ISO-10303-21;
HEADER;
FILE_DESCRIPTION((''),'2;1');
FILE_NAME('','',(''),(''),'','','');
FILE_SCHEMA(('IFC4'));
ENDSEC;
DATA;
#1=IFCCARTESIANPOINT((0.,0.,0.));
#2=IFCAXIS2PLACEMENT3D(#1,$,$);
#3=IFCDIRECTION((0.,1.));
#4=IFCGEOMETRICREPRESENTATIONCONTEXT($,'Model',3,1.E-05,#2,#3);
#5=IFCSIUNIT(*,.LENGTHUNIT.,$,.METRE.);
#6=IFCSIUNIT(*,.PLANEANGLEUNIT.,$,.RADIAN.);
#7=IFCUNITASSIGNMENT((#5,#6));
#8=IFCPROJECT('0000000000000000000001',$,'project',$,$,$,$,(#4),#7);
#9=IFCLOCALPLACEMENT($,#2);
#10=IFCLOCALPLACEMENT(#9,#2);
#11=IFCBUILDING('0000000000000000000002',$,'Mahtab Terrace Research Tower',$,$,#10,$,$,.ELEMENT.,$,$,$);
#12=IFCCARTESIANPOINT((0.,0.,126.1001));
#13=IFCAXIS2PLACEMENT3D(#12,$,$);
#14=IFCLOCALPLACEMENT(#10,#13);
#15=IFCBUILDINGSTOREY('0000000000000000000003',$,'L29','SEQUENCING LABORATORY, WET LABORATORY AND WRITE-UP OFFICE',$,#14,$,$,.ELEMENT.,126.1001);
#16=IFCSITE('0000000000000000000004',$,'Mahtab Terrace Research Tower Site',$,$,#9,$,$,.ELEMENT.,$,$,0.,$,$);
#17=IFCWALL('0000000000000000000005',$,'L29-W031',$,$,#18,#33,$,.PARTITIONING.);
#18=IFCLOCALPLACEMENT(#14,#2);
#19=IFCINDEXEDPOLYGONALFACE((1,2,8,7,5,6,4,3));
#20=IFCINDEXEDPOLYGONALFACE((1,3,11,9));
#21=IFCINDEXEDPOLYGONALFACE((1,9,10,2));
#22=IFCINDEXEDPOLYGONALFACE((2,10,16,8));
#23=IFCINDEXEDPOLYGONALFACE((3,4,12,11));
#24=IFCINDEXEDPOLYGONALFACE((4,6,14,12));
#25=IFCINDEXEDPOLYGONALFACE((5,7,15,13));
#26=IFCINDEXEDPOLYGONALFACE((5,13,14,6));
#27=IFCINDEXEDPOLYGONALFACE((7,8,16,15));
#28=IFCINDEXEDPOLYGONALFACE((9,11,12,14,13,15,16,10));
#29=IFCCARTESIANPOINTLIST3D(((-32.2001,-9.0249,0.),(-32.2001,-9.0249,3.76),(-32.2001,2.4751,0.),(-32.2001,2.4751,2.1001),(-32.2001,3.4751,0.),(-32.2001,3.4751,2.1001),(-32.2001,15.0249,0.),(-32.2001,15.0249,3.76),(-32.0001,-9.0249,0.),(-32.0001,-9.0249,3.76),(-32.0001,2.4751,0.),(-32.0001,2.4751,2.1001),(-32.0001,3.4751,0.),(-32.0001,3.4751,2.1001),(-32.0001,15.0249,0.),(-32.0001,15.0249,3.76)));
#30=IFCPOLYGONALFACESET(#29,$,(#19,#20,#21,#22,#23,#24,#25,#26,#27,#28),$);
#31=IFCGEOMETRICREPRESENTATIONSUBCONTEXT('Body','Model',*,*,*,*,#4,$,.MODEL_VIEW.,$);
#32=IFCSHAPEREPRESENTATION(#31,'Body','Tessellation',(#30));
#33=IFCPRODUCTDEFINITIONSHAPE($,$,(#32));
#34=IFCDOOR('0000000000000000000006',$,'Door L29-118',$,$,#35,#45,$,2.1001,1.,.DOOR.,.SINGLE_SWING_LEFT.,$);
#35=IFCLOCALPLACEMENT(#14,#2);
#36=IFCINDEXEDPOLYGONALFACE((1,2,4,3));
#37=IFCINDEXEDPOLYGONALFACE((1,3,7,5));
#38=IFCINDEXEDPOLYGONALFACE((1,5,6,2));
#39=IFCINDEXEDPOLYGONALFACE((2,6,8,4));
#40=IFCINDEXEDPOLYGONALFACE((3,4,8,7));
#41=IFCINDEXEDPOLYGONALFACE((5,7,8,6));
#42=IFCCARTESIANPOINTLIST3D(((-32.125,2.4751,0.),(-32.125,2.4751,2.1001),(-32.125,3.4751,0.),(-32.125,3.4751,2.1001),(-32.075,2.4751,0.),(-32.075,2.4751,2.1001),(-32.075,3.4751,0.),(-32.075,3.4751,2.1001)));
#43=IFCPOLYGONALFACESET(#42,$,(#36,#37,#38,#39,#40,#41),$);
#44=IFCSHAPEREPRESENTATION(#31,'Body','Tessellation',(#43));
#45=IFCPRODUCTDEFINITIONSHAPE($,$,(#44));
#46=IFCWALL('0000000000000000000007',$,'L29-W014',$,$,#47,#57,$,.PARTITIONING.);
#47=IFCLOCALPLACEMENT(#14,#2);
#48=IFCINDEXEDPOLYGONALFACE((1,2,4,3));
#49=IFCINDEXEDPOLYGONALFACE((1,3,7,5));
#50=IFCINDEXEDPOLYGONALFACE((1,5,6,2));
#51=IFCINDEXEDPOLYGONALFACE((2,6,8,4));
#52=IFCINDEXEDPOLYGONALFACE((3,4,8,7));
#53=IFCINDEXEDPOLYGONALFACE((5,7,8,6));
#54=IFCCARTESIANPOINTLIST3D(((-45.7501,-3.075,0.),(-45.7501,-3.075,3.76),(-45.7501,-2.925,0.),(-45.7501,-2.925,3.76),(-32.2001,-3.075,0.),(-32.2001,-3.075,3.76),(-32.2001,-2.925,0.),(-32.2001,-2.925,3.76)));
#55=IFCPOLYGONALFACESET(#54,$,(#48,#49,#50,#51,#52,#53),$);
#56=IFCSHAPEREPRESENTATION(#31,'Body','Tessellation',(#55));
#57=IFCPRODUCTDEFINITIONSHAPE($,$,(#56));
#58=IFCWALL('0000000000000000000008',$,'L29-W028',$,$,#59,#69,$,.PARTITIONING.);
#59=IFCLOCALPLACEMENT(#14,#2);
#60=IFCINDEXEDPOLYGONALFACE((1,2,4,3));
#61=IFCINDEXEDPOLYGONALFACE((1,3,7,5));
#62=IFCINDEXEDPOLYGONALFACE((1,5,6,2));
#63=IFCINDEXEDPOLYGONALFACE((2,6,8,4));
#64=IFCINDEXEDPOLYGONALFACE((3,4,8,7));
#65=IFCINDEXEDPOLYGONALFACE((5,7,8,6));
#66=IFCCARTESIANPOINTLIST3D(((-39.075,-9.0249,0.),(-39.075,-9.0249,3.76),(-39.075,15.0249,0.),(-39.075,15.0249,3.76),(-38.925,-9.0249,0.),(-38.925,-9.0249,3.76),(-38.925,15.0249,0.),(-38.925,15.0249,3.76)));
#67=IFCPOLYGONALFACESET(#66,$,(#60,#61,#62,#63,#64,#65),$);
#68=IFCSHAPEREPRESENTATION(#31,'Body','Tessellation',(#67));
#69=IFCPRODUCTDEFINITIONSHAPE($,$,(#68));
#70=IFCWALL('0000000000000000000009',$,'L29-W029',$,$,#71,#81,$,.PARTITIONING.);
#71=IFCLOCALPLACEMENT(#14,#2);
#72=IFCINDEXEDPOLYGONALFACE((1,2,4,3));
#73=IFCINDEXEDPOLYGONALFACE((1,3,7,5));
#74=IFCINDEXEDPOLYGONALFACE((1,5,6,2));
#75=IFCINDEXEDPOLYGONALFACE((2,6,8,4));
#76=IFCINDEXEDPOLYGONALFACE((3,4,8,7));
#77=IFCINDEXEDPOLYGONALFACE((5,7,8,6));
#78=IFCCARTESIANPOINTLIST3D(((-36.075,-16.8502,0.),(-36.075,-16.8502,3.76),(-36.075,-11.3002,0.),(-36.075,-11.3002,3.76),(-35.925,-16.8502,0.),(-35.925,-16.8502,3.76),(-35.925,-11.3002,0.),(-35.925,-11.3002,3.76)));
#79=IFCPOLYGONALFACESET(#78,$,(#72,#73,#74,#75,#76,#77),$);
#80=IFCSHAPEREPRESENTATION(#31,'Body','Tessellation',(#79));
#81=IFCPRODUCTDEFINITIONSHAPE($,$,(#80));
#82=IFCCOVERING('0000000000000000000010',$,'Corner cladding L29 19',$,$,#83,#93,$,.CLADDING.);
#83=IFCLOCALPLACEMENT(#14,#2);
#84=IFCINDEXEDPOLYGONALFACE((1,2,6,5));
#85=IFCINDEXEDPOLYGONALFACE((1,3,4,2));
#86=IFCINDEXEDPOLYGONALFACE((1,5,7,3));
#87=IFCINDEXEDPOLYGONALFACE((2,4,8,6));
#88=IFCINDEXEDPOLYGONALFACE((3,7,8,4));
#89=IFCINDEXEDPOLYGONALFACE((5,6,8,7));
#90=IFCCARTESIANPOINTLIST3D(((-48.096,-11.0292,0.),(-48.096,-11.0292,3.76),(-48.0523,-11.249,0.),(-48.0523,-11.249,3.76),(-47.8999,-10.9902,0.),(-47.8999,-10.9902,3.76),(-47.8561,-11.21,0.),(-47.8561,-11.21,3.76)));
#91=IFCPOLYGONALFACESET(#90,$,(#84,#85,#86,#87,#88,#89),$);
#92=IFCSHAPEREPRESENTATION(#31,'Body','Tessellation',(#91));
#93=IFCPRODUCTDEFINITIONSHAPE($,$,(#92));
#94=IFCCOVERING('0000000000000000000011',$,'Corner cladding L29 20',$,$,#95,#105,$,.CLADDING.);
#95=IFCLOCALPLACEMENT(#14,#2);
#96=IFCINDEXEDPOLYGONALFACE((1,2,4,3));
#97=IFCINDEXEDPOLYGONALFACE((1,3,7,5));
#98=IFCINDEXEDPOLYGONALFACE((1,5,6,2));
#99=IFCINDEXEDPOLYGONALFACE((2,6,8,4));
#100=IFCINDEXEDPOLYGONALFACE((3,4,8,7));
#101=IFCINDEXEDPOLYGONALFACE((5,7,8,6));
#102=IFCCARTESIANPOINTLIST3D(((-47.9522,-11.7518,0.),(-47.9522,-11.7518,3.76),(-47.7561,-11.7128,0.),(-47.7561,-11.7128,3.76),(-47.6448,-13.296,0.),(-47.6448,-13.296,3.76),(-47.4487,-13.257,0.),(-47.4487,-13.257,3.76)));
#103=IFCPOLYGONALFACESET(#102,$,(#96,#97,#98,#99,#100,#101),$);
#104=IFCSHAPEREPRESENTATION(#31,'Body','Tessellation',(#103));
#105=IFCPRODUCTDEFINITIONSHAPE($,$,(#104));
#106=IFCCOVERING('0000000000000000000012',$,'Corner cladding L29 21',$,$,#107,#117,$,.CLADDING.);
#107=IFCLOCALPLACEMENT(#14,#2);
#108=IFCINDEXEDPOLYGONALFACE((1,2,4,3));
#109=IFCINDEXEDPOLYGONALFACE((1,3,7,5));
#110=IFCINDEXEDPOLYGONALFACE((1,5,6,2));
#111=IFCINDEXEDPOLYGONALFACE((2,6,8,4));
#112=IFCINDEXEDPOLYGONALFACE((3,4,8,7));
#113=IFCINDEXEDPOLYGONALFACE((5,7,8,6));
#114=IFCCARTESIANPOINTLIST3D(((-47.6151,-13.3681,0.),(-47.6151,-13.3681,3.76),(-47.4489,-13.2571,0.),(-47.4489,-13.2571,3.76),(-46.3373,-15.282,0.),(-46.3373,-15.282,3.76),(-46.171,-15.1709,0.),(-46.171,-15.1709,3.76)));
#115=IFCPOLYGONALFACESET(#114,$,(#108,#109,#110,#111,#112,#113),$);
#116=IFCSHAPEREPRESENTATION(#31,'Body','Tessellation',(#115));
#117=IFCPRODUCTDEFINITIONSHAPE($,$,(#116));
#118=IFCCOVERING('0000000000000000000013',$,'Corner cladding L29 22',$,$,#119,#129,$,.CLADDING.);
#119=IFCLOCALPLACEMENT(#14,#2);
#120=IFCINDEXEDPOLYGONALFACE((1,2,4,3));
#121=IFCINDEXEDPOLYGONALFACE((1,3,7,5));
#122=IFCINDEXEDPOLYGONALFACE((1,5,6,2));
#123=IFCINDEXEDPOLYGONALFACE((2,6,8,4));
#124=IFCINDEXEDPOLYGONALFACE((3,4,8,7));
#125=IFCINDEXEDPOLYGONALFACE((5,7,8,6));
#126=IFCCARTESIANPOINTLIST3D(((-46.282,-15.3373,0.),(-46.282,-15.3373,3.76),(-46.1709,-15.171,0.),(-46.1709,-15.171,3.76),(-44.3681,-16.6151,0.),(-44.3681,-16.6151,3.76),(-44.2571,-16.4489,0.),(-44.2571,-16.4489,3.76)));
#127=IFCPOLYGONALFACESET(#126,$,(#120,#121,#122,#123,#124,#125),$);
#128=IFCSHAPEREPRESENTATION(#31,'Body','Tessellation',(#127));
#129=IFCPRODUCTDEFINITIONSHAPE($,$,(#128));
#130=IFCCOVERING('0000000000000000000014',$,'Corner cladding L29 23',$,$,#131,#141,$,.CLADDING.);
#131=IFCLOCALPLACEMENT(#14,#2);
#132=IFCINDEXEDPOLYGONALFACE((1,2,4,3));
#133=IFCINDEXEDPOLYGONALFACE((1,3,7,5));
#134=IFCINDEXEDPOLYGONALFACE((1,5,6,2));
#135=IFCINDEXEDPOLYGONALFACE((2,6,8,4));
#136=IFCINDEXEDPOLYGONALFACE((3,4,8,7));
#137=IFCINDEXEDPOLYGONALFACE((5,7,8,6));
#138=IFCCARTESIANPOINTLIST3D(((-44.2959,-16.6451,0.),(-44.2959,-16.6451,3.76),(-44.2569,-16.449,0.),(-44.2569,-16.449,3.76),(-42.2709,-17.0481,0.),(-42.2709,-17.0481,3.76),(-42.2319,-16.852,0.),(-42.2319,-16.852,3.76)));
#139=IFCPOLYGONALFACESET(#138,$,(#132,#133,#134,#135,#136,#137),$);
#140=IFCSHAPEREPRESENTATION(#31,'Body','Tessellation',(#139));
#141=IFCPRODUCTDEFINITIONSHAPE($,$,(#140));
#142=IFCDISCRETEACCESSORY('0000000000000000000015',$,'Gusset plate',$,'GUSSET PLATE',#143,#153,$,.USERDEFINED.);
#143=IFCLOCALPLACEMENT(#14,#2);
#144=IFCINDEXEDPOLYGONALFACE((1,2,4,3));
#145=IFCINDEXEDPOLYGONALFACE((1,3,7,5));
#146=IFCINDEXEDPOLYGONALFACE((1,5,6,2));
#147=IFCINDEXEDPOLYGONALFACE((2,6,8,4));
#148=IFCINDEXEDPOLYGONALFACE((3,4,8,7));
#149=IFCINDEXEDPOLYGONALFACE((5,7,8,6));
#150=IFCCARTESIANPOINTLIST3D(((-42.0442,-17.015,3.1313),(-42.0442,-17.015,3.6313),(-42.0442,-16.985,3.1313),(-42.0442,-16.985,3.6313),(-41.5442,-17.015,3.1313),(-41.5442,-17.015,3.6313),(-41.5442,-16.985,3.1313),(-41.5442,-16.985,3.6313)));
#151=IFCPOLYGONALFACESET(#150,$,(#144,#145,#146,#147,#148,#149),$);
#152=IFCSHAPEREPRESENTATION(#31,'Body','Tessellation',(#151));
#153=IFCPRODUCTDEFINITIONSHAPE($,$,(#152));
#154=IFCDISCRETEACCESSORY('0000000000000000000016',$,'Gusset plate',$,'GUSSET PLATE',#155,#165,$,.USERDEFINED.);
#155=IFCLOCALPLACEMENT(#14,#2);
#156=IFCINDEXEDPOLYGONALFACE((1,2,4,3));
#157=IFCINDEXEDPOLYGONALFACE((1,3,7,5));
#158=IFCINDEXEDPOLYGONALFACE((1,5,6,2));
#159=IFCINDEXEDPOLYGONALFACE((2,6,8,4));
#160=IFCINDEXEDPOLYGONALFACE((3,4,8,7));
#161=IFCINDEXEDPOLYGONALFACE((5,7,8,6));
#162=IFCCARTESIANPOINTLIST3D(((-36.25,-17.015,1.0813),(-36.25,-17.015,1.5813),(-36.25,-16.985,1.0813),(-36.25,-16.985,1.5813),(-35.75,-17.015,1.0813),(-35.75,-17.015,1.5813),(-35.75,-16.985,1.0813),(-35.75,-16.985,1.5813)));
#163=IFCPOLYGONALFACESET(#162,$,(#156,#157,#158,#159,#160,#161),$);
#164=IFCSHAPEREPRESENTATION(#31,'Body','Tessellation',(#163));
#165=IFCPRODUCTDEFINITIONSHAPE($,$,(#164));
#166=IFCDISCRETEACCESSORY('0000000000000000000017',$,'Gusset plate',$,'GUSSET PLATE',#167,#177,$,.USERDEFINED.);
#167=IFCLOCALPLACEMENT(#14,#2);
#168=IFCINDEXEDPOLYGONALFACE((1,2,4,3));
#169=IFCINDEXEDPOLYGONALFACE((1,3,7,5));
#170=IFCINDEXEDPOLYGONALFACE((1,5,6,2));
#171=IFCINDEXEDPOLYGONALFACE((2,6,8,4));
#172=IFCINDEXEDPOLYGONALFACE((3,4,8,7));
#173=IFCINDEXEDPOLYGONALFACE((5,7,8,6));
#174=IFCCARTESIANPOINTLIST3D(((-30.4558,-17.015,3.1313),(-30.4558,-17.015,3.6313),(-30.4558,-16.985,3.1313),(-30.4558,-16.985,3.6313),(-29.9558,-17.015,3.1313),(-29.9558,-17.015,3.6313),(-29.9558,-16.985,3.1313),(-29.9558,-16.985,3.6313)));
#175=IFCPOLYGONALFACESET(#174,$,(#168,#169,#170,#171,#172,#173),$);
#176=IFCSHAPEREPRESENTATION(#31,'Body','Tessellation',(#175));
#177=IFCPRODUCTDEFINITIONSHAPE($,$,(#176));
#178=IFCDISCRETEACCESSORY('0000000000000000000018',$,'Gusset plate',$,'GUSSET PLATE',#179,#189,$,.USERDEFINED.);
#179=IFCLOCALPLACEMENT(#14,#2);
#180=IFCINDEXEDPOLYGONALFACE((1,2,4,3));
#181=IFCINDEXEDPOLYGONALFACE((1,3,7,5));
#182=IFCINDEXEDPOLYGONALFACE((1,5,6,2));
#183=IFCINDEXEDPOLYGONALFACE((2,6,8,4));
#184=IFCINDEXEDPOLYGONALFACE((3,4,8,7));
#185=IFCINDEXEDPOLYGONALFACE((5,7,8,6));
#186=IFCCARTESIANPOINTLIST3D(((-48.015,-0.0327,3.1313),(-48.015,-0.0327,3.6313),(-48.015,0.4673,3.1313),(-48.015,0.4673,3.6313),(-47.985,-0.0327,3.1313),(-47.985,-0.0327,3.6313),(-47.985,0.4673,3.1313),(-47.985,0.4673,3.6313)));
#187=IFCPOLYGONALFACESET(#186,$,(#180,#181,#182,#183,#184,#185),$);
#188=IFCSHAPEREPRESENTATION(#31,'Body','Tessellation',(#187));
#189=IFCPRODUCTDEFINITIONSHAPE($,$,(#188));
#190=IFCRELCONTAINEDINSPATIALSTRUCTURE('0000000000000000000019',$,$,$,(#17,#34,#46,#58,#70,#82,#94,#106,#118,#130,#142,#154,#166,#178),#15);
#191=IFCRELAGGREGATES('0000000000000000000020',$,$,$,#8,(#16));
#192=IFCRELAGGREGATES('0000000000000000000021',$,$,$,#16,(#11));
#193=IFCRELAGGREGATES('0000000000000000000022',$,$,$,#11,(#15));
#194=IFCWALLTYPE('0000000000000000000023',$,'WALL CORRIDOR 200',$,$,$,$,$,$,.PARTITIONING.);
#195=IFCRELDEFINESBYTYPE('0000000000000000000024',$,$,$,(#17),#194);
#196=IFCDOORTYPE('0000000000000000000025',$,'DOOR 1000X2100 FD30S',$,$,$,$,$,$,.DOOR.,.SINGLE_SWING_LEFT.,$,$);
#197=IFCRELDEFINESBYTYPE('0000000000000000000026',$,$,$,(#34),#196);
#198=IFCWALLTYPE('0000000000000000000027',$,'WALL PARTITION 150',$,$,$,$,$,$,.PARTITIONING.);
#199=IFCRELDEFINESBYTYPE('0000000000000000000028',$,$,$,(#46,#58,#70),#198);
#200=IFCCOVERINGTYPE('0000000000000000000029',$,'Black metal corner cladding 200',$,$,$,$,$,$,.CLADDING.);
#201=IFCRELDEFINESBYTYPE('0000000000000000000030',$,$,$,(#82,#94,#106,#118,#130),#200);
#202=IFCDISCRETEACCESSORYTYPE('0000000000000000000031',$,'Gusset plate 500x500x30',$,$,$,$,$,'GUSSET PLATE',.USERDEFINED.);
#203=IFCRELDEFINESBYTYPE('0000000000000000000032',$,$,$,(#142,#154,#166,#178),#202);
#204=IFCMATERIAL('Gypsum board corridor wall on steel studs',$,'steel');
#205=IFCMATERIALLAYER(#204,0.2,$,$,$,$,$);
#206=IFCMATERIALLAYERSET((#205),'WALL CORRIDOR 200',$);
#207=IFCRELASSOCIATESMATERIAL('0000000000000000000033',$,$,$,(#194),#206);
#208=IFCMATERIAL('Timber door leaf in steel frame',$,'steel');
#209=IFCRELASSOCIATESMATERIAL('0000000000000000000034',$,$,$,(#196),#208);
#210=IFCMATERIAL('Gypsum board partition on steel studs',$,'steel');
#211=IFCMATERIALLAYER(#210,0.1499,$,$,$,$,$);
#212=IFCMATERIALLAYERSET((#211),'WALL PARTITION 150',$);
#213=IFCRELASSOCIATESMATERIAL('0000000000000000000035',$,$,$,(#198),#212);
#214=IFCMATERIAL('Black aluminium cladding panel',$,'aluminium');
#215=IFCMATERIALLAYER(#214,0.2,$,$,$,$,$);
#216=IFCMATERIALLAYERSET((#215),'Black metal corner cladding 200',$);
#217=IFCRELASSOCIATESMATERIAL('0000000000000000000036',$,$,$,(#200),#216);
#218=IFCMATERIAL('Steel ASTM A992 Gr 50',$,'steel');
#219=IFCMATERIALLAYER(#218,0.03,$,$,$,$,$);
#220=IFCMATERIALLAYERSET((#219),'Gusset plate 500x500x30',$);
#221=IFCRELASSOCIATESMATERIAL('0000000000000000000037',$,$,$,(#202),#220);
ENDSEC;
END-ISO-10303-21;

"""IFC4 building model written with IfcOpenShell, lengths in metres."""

from ifc_helpers import new_model, si_unit, direction, frame, frame_2d, origin, origin_2d, place, context, subcontext, project, spatial, rectangle, extrude, material, layer, layer_set, type_object, element, fill, save


model = new_model("IFC4")

# Units and contexts
model_context = context("Model", 3, precision=1e-05, world=origin(), true_north=direction((0.0, 1.0)))
body_context = subcontext(model_context, "Body", "Model", "MODEL_VIEW")
ifc_project = project(units=[si_unit("LENGTHUNIT", "METRE"), si_unit("PLANEANGLEUNIT", "RADIAN")], contexts=[model_context])

# Site, building, storey
site_placement = place(None, origin())
site = spatial("IfcSite", under=ifc_project, at=site_placement, Name="Mahtab Terrace Research Tower Site", CompositionType="ELEMENT", RefElevation=0.0)
building_placement = place(site_placement, origin())
building = spatial("IfcBuilding", under=site, at=building_placement, Name="Mahtab Terrace Research Tower", CompositionType="ELEMENT")
storey_placement = place(building_placement, frame((0.0, 0.0, 126.1001)))
storey = spatial("IfcBuildingStorey", under=building, at=storey_placement, Name="L29", Description="SEQUENCING LABORATORY, WET LABORATORY AND WRITE-UP OFFICE", CompositionType="ELEMENT", Elevation=126.1001)

# Shared definitions
ifc_material_1 = material(Name="Steel ASTM A992 Gr 50", Category="steel")

# Shared definitions
ifc_material_2 = material(Name="Black aluminium cladding panel", Category="aluminium")

# Shared definitions
ifc_material_3 = material(Name="Gypsum board corridor wall on steel studs", Category="steel")
ifc_layer_1 = layer(ifc_material_3, 0.2)
ifc_layer_set_1 = layer_set([ifc_layer_1], Name="WALL CORRIDOR 200")
wall_type_1 = type_object("IfcWallType", Name="WALL CORRIDOR 200", PredefinedType="PARTITIONING", material=ifc_layer_set_1)
ifc_material_4 = material(Name="Timber door leaf in steel frame", Category="steel")

# Wall, opening, door
door_type_1 = type_object("IfcDoorType", Name="DOOR 1000X2100 FD30S", OperationType="SINGLE_SWING_LEFT", PredefinedType="DOOR", material=ifc_material_4)
wall_1_placement = place(storey_placement, frame((-32.1001, -9.0249, 0.0), z_axis=(0.0, 0.0, 1.0), x_axis=(0.0, 1.0, 0.0)))
wall_1 = element("IfcWall", 1, at=wall_1_placement, inside=storey, type_object=wall_type_1, Name="L29-W031", PredefinedType="PARTITIONING", context=body_context, shape_type="SweptSolid", body=[
    extrude(rectangle(XDim=24.0498, YDim=0.2, at=frame_2d((12.0249, 0.0))), origin(), (0.0, 0.0, 1.0), 3.76),
])
opening_1_placement = place(wall_1_placement, frame((11.5, 0.0, 0.0)))
opening_1 = element("IfcOpeningElement", 2, at=opening_1_placement, cuts=wall_1, PredefinedType="OPENING", context=body_context, shape_type="SweptSolid", body=[
    extrude(rectangle(XDim=1.0, YDim=2.1001, at=frame_2d((0.5, 1.05))), frame((0.0, 0.1099, 0.0), z_axis=(0.0, -1.0, 0.0), x_axis=(1.0, 0.0, 0.0)), (0.0, 0.0, 1.0), 0.22),
])
door_1_placement = place(opening_1_placement, origin())
door_1 = element("IfcDoor", 3, at=door_1_placement, inside=storey, type_object=door_type_1, Name="Door L29-118", OperationType="SINGLE_SWING_LEFT", OverallHeight=2.1001, OverallWidth=1.0, PredefinedType="DOOR", context=body_context, shape_type="SweptSolid", body=[
    extrude(rectangle(XDim=1.0, YDim=2.1001, at=frame_2d((0.5, 1.05))), frame((0.0, 0.0249, 0.0), z_axis=(0.0, -1.0, 0.0), x_axis=(1.0, 0.0, 0.0)), (0.0, 0.0, 1.0), 0.05),
])
fill(opening_1, door_1)

# Walls
ifc_material_5 = material(Name="Gypsum board partition on steel studs", Category="steel")
ifc_layer_2 = layer(ifc_material_5, 0.1499)
ifc_layer_set_2 = layer_set([ifc_layer_2], Name="WALL PARTITION 150")
wall_type_2 = type_object("IfcWallType", Name="WALL PARTITION 150", PredefinedType="PARTITIONING", material=ifc_layer_set_2)
wall_2_placement = place(storey_placement, frame((-45.75, -3.0, 0.0), z_axis=(0.0, 0.0, 1.0), x_axis=(1.0, 0.0, 0.0)))
element("IfcWall", 4, at=wall_2_placement, inside=storey, type_object=wall_type_2, Name="L29-W014", PredefinedType="PARTITIONING", context=body_context, shape_type="SweptSolid", body=[
    extrude(rectangle(XDim=13.55, YDim=0.1499, at=frame_2d((6.7749, 0.0))), origin(), (0.0, 0.0, 1.0), 3.76),
])
wall_3_placement = place(storey_placement, frame((-39.0, -9.0249, 0.0), z_axis=(0.0, 0.0, 1.0), x_axis=(0.0, 1.0, 0.0)))
element("IfcWall", 5, at=wall_3_placement, inside=storey, type_object=wall_type_2, Name="L29-W028", PredefinedType="PARTITIONING", context=body_context, shape_type="SweptSolid", body=[
    extrude(rectangle(XDim=24.0498, YDim=0.1499, at=frame_2d((12.0249, 0.0))), origin(), (0.0, 0.0, 1.0), 3.76),
])
wall_4_placement = place(storey_placement, frame((-36.0, -16.8501, 0.0), z_axis=(0.0, 0.0, 1.0), x_axis=(0.0, 1.0, 0.0)))
element("IfcWall", 6, at=wall_4_placement, inside=storey, type_object=wall_type_2, Name="L29-W029", PredefinedType="PARTITIONING", context=body_context, shape_type="SweptSolid", body=[
    extrude(rectangle(XDim=5.55, YDim=0.1499, at=frame_2d((2.7749, 0.0))), origin(), (0.0, 0.0, 1.0), 3.76),
])

# Coverings
ifc_layer_3 = layer(ifc_material_2, 0.2)
ifc_layer_set_3 = layer_set([ifc_layer_3], Name="Black metal corner cladding 200")
covering_type = type_object("IfcCoveringType", Name="Black metal corner cladding 200", PredefinedType="CLADDING", material=ifc_layer_set_3)
covering_1_placement = place(storey_placement, frame((-47.9761, -11.1196, 0.0), z_axis=(0.0, 0.0, 1.0), x_axis=(0.195212, -0.980761, 0.0)))
element("IfcCovering", 7, at=covering_1_placement, inside=storey, type_object=covering_type, Name="Corner cladding L29 19", PredefinedType="CLADDING", context=body_context, shape_type="SweptSolid", body=[
    extrude(rectangle(XDim=0.2241, YDim=0.2, at=origin_2d()), origin(), (0.0, 0.0, 1.0), 3.76),
])
covering_2_placement = place(storey_placement, frame((-47.7004, -12.5044, 0.0), z_axis=(0.0, 0.0, 1.0), x_axis=(0.195212, -0.980761, 0.0)))
element("IfcCovering", 8, at=covering_2_placement, inside=storey, type_object=covering_type, Name="Corner cladding L29 20", PredefinedType="CLADDING", context=body_context, shape_type="SweptSolid", body=[
    extrude(rectangle(XDim=1.5745, YDim=0.2, at=origin_2d()), origin(), (0.0, 0.0, 1.0), 3.76),
])
for number, where, z_axis, x_axis, name in (
    (9, (-46.8931, -14.2695, 0.0), (0.0, 0.0, 1.0), (0.555291, -0.831656, 0.0), "Corner cladding L29 21"),
    (10, (-45.2695, -15.8931, 0.0), (0.0, 0.0, 1.0), (0.831656, -0.555291, 0.0), "Corner cladding L29 22"),
):
    element("IfcCovering", number, at=place(storey_placement, frame(where, z_axis=z_axis, x_axis=x_axis)), inside=storey, type_object=covering_type, Name=name, PredefinedType="CLADDING", context=body_context, shape_type="SweptSolid", body=[
        extrude(rectangle(XDim=2.3013, YDim=0.2, at=origin_2d()), origin(), (0.0, 0.0, 1.0), 3.76),
    ])
covering_3_placement = place(storey_placement, frame((-43.2639, -16.7485, 0.0), z_axis=(0.0, 0.0, 1.0), x_axis=(0.980761, -0.195212, 0.0)))
element("IfcCovering", 11, at=covering_3_placement, inside=storey, type_object=covering_type, Name="Corner cladding L29 23", PredefinedType="CLADDING", context=body_context, shape_type="SweptSolid", body=[
    extrude(rectangle(XDim=2.0647, YDim=0.2, at=origin_2d()), origin(), (0.0, 0.0, 1.0), 3.76),
])

# Discrete accessories
ifc_layer_4 = layer(ifc_material_1, 0.03)
ifc_layer_set_4 = layer_set([ifc_layer_4], Name="Gusset plate 500x500x30")
discrete_accessory_type = type_object("IfcDiscreteAccessoryType", Name="Gusset plate 500x500x30", ElementType="GUSSET PLATE", PredefinedType="USERDEFINED", material=ifc_layer_set_4)
for number, where, z_axis, x_axis, name in (
    (12, (-41.7942, -17.0, 3.1313), (0.0, 0.0, 1.0), (1.0, 0.0, 0.0), "Gusset plate"),
    (13, (-36.0, -17.0, 1.0813), (0.0, 0.0, 1.0), (1.0, 0.0, 0.0), "Gusset plate"),
    (14, (-30.2058, -17.0, 3.1313), (0.0, 0.0, 1.0), (1.0, 0.0, 0.0), "Gusset plate"),
    (15, (-48.0, 0.2173, 3.1313), (0.0, 0.0, 1.0), (0.0, 1.0, 0.0), "Gusset plate"),
):
    element("IfcDiscreteAccessory", number, at=place(storey_placement, frame(where, z_axis=z_axis, x_axis=x_axis)), inside=storey, type_object=discrete_accessory_type, Name=name, ObjectType="GUSSET PLATE", PredefinedType="USERDEFINED", context=body_context, shape_type="SweptSolid", body=[
        extrude(rectangle(XDim=0.5, YDim=0.03, at=origin_2d()), origin(), (0.0, 0.0, 1.0), 0.5),
    ])

save(model, "model.ifc")
